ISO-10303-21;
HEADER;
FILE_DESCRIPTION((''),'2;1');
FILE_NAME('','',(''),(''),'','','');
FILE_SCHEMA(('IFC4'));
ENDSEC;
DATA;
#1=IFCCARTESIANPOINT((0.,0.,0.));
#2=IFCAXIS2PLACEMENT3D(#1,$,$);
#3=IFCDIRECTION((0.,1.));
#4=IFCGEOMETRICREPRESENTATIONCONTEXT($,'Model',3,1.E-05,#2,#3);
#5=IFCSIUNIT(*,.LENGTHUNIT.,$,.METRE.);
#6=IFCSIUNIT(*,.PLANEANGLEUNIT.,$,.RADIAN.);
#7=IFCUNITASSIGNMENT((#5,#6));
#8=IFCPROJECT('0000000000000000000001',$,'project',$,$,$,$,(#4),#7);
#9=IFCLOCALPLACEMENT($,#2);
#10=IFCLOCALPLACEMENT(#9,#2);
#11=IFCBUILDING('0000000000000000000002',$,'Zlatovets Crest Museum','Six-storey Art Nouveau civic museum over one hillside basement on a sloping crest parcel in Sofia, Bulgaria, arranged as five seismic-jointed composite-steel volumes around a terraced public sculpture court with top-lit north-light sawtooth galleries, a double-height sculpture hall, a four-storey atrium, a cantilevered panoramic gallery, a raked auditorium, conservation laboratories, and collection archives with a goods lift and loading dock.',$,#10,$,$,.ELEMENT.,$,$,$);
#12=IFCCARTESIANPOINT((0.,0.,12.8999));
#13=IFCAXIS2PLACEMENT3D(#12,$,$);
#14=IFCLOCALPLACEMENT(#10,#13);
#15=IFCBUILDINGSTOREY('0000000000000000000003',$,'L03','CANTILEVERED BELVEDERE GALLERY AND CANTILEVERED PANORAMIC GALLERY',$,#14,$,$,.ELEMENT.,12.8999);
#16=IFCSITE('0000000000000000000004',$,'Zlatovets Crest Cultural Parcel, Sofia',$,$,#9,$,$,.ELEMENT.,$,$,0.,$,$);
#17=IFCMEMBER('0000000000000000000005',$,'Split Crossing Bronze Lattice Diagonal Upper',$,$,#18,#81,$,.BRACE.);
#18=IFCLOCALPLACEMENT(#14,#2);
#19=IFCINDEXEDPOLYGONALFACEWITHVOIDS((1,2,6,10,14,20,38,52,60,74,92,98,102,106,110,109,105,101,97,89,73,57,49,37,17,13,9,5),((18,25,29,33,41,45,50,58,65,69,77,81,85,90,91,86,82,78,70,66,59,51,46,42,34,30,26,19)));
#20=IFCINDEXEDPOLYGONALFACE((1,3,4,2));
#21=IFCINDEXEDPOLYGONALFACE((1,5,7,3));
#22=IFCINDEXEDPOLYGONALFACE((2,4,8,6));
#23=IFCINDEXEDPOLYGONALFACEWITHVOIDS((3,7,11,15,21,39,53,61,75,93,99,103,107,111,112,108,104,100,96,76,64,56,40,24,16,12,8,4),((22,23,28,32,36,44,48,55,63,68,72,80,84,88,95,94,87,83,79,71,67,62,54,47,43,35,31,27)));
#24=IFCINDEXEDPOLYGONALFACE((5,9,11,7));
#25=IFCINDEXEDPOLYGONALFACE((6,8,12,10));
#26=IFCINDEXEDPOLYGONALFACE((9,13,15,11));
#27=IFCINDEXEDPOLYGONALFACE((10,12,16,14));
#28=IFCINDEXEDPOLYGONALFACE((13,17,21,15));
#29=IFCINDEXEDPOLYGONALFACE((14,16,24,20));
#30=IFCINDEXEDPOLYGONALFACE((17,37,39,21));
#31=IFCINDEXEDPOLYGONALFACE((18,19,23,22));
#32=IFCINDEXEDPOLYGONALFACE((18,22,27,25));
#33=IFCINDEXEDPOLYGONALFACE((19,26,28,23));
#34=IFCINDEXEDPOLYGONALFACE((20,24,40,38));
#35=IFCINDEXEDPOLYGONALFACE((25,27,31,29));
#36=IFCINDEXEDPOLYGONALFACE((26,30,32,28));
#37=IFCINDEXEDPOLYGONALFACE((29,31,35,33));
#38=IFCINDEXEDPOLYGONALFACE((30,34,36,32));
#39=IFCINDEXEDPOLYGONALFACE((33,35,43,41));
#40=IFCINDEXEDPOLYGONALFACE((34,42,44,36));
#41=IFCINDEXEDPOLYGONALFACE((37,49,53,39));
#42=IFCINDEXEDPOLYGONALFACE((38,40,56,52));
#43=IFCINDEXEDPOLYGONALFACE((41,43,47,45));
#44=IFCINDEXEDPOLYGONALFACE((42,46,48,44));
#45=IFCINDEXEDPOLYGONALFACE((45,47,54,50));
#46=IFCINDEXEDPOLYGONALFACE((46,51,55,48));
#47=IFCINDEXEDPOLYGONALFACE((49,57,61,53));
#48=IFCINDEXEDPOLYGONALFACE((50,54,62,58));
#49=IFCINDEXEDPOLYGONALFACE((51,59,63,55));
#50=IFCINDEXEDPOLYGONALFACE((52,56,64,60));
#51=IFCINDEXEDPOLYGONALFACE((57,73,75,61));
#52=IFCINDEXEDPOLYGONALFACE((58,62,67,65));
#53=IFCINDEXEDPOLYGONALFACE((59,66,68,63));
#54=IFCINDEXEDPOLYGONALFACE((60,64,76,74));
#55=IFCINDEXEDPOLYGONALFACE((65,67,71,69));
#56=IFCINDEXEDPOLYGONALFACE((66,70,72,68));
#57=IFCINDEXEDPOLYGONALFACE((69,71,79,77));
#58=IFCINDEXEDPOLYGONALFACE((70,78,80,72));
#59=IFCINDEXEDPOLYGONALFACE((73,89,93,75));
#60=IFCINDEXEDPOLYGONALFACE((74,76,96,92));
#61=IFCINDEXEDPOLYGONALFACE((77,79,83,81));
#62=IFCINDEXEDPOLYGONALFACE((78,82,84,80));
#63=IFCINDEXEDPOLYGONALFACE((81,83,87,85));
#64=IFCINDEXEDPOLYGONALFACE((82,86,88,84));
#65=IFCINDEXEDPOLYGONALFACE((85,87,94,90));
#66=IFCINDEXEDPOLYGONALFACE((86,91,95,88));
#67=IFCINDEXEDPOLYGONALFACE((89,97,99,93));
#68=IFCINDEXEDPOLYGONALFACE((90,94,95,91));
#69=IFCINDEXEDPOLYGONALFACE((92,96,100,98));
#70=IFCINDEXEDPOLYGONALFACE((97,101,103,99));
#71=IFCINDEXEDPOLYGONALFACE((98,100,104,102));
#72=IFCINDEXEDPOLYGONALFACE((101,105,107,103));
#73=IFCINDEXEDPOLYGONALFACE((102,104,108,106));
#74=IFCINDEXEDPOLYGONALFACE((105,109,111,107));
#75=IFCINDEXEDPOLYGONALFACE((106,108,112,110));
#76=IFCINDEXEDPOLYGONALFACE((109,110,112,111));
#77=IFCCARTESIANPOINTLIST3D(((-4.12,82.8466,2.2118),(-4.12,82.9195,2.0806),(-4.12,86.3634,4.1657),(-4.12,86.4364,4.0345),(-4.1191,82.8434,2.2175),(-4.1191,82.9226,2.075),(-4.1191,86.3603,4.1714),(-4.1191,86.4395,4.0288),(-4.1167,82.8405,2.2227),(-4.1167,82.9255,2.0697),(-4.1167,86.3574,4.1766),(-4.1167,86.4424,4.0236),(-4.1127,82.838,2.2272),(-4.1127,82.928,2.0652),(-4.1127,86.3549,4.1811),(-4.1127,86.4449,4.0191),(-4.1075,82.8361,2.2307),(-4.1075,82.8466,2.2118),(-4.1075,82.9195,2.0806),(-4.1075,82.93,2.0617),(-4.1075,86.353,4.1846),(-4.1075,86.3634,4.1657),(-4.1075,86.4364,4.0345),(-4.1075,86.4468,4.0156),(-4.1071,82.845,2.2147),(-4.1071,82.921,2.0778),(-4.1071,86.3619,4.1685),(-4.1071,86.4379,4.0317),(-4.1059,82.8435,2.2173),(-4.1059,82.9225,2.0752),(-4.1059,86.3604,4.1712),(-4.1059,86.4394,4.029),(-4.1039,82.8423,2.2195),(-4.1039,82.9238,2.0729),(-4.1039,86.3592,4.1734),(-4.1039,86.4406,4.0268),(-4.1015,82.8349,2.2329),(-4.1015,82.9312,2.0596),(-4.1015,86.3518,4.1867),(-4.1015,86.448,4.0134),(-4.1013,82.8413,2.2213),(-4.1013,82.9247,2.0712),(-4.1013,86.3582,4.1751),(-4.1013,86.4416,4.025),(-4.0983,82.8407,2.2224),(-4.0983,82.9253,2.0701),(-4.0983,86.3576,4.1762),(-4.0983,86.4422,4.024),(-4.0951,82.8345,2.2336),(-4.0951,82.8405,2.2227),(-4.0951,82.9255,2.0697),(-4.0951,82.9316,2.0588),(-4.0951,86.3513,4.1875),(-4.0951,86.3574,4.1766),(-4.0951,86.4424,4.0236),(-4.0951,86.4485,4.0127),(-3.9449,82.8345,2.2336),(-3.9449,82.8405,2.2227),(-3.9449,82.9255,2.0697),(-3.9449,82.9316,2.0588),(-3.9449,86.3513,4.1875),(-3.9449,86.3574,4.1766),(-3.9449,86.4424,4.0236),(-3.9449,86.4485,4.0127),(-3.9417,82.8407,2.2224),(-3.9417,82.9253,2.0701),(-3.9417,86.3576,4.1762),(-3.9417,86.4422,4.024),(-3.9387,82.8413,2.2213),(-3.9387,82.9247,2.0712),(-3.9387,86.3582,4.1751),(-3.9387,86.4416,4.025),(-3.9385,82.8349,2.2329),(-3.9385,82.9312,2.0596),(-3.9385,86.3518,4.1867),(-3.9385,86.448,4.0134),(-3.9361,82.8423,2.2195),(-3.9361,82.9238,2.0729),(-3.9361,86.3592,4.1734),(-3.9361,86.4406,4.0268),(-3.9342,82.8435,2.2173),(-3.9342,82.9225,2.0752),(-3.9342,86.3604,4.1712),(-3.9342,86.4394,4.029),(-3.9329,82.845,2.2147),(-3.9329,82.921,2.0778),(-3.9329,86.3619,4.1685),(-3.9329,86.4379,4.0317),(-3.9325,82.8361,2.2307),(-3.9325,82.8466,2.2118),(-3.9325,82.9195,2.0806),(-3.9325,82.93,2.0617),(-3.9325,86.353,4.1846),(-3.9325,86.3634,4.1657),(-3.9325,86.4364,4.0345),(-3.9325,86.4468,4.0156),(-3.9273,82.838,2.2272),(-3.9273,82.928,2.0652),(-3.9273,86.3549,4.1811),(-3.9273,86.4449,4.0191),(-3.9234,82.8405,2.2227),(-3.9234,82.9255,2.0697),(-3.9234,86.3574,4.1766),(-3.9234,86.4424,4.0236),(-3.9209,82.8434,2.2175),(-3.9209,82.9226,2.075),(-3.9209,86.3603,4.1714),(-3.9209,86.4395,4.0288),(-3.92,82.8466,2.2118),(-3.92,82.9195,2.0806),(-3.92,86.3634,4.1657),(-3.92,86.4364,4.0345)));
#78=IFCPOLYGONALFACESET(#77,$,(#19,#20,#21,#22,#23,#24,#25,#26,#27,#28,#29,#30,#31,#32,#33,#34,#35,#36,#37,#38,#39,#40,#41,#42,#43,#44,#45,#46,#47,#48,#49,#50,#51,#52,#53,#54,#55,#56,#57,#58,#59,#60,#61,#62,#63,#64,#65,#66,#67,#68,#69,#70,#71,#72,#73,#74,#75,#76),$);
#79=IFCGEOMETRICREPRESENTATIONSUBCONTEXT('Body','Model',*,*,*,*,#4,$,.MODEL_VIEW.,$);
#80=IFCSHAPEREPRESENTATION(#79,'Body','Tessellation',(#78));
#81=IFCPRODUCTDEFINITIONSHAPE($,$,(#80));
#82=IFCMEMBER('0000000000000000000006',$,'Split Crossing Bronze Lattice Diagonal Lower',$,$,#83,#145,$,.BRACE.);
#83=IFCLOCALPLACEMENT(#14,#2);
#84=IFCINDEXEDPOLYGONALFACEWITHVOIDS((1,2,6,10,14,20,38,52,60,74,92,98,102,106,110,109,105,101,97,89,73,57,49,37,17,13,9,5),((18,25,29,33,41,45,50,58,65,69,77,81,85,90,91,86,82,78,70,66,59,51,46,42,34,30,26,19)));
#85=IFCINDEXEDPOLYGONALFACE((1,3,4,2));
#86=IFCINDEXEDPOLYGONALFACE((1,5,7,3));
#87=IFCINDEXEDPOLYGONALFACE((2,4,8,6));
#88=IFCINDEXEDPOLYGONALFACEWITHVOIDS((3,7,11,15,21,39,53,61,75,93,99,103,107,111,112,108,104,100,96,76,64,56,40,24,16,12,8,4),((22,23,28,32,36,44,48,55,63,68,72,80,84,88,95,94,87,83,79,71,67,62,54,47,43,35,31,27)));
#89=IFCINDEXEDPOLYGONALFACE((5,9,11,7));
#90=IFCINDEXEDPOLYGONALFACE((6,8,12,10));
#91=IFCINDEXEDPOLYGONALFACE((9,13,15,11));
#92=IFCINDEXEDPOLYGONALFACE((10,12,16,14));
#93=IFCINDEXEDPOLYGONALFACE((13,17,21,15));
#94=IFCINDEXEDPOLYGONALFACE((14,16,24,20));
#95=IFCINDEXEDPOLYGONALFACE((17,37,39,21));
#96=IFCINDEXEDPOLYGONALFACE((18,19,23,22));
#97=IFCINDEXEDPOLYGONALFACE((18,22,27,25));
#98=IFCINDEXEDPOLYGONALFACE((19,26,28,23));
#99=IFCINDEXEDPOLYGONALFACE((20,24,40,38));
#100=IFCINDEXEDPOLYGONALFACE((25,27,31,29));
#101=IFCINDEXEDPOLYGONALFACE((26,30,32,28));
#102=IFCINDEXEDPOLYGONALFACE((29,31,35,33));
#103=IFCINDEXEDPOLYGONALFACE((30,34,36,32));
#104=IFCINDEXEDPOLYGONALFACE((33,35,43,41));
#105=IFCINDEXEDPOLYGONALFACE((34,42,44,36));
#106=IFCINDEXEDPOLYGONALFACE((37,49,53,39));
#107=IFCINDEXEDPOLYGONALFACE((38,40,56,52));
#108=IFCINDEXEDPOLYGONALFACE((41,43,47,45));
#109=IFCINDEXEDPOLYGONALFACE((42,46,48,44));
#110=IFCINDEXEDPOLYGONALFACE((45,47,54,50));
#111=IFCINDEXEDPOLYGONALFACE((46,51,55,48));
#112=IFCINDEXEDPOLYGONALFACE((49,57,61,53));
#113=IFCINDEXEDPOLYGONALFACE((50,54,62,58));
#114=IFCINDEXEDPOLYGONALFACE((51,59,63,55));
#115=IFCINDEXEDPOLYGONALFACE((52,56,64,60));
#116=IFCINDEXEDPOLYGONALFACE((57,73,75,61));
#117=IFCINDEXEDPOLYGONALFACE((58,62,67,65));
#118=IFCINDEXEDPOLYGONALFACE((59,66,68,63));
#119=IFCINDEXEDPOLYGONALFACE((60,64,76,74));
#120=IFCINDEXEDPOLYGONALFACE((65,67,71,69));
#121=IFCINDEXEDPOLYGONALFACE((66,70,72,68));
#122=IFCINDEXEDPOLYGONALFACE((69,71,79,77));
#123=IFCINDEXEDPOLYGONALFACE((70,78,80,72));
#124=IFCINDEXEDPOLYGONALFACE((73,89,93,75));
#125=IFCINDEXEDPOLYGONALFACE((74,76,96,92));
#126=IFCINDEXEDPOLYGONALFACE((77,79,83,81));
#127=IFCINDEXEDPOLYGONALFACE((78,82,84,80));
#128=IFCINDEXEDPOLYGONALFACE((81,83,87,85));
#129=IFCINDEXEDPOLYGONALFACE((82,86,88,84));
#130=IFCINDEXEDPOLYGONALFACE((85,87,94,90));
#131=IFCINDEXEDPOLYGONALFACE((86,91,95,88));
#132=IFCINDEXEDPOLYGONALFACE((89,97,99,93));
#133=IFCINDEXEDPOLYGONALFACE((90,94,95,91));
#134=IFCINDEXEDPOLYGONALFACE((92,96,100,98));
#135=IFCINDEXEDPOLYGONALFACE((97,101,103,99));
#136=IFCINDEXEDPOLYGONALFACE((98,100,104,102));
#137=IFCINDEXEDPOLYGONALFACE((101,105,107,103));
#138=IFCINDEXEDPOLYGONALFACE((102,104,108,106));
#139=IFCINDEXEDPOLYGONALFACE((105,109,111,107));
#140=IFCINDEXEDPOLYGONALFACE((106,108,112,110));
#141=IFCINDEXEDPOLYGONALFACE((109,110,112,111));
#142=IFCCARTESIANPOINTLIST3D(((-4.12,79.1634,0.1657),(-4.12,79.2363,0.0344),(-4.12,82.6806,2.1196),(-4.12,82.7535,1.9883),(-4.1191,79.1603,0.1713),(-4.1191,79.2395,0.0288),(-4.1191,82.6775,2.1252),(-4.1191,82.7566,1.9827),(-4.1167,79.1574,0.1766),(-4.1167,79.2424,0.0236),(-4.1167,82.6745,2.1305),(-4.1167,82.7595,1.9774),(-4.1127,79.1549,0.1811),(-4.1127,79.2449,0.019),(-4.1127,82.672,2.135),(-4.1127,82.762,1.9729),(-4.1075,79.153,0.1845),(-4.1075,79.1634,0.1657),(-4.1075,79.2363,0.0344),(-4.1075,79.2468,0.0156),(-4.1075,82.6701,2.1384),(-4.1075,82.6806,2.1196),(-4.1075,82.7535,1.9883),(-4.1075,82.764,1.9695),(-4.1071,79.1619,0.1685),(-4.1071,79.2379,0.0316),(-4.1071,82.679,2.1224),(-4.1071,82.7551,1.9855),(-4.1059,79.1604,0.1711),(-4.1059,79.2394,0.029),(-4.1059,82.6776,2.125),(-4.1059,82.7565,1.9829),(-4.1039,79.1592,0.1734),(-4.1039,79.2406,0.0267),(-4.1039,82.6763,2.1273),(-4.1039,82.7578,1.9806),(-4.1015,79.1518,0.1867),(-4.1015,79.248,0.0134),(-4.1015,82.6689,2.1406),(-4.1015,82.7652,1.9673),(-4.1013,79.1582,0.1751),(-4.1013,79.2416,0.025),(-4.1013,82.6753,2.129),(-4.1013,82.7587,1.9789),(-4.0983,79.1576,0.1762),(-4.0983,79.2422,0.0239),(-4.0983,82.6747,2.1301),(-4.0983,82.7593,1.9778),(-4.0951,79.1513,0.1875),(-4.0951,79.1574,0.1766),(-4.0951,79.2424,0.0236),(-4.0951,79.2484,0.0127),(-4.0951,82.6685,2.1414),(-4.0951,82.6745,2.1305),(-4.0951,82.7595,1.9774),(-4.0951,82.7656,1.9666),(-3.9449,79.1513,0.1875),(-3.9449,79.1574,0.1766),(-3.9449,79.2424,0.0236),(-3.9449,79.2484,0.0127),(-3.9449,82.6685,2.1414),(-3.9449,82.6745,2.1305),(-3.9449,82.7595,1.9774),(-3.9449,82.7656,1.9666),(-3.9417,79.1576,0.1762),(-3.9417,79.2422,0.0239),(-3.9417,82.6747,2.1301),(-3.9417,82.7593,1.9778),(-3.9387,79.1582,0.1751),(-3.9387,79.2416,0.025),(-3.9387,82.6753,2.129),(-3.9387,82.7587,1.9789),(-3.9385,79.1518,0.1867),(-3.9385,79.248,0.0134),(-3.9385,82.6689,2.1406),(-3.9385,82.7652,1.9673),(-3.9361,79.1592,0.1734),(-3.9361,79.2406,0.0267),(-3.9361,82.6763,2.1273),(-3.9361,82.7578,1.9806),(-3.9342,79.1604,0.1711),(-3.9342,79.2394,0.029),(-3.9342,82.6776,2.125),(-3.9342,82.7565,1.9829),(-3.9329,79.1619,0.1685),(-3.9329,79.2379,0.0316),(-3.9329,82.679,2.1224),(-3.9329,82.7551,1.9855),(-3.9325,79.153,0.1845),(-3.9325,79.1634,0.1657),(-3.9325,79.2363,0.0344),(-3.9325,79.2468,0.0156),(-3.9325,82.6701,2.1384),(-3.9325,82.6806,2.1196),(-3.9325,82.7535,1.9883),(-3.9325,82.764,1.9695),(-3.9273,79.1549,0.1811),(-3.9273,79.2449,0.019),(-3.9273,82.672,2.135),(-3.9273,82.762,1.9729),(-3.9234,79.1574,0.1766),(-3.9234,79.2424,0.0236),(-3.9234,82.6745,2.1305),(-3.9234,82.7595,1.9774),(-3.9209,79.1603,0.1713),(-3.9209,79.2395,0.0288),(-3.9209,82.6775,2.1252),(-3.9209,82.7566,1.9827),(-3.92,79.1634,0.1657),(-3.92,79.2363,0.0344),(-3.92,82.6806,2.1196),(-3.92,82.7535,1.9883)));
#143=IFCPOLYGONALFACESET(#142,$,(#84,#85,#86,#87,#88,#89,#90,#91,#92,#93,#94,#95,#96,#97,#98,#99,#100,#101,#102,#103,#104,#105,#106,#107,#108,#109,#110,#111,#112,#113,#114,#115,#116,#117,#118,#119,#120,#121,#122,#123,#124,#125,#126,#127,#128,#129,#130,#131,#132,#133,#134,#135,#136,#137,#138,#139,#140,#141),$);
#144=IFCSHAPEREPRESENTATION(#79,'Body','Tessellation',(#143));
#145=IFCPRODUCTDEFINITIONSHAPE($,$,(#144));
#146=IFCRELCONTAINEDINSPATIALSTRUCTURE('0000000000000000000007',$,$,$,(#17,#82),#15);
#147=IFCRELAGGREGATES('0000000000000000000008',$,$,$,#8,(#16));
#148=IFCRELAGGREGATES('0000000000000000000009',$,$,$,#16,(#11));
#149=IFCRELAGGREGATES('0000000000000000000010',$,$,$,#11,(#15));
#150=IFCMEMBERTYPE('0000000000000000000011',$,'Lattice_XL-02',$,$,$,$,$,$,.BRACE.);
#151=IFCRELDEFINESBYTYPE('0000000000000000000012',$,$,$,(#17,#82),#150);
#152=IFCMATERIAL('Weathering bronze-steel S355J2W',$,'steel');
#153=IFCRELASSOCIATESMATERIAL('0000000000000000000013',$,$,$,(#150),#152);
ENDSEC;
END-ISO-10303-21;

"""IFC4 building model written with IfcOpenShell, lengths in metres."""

from ifc_helpers import new_model, si_unit, direction, frame, origin, origin_2d, place, context, subcontext, project, spatial, hollow_rectangle, extrude, material, material_profile, profile_set, type_object, element, save


model = new_model("IFC4")

# Units and contexts
model_context = context("Model", 3, precision=1e-05, world=origin(), true_north=direction((0.0, 1.0)))
body_context = subcontext(model_context, "Body", "Model", "MODEL_VIEW")
ifc_project = project(units=[si_unit("LENGTHUNIT", "METRE"), si_unit("PLANEANGLEUNIT", "RADIAN")], contexts=[model_context])

# Site, building, storey
site_placement = place(None, origin())
site = spatial("IfcSite", under=ifc_project, at=site_placement, Name="Zlatovets Crest Cultural Parcel, Sofia", CompositionType="ELEMENT", RefElevation=0.0)
building_placement = place(site_placement, origin())
building = spatial("IfcBuilding", under=site, at=building_placement, Name="Zlatovets Crest Museum", Description="Six-storey Art Nouveau civic museum over one hillside basement on a sloping crest parcel in Sofia, Bulgaria, arranged as five seismic-jointed composite-steel volumes around a terraced public sculpture court with top-lit north-light sawtooth galleries, a double-height sculpture hall, a four-storey atrium, a cantilevered panoramic gallery, a raked auditorium, conservation laboratories, and collection archives with a goods lift and loading dock.", CompositionType="ELEMENT")
storey_placement = place(building_placement, frame((0.0, 0.0, 12.8999)))
storey = spatial("IfcBuildingStorey", under=building, at=storey_placement, Name="L03", Description="CANTILEVERED BELVEDERE GALLERY AND CANTILEVERED PANORAMIC GALLERY", CompositionType="ELEMENT", Elevation=12.8999)

# Members
ifc_material_1 = material(Name="Weathering bronze-steel S355J2W", Category="steel")
ifc_material_profile_1 = material_profile(ifc_material_1, hollow_rectangle(XDim=0.2, YDim=0.2, WallThickness=0.0125, InnerFilletRadius=0.0125, OuterFilletRadius=0.0249, at=origin_2d()), Name="SHS 200x200x12.5")
ifc_profile_set_1 = profile_set([ifc_material_profile_1], Name="Weathering bronze-steel S355J2W")
member_type_1 = type_object("IfcMemberType", Name="Lattice_XL-02", PredefinedType="BRACE", material=ifc_profile_set_1)
member_1_placement = place(storey_placement, frame((-4.02, 86.3999, 4.1001), z_axis=(0.0, -0.874152, -0.485653), x_axis=(1.0, 0.0, 0.0)))
element("IfcMember", 1, at=member_1_placement, inside=storey, type_object=member_type_1, Name="Split Crossing Bronze Lattice Diagonal Upper", PredefinedType="BRACE", context=body_context, shape_type="SweptSolid", body=[
    extrude(hollow_rectangle(XDim=0.2, YDim=0.2, WallThickness=0.0125, InnerFilletRadius=0.0125, OuterFilletRadius=0.0249, at=origin_2d()), origin(), (0.0, 0.0, 1.0), 4.0232),
])
member_2_placement = place(storey_placement, frame((-4.02, 82.717, 2.054), z_axis=(0.0, -0.874166, -0.485627), x_axis=(1.0, 0.0, 0.0)))
element("IfcMember", 2, at=member_2_placement, inside=storey, type_object=member_type_1, Name="Split Crossing Bronze Lattice Diagonal Lower", PredefinedType="BRACE", context=body_context, shape_type="SweptSolid", body=[
    extrude(hollow_rectangle(XDim=0.2, YDim=0.2, WallThickness=0.0125, InnerFilletRadius=0.0125, OuterFilletRadius=0.0249, at=origin_2d()), origin(), (0.0, 0.0, 1.0), 4.0234),
])

save(model, "model.ifc")
